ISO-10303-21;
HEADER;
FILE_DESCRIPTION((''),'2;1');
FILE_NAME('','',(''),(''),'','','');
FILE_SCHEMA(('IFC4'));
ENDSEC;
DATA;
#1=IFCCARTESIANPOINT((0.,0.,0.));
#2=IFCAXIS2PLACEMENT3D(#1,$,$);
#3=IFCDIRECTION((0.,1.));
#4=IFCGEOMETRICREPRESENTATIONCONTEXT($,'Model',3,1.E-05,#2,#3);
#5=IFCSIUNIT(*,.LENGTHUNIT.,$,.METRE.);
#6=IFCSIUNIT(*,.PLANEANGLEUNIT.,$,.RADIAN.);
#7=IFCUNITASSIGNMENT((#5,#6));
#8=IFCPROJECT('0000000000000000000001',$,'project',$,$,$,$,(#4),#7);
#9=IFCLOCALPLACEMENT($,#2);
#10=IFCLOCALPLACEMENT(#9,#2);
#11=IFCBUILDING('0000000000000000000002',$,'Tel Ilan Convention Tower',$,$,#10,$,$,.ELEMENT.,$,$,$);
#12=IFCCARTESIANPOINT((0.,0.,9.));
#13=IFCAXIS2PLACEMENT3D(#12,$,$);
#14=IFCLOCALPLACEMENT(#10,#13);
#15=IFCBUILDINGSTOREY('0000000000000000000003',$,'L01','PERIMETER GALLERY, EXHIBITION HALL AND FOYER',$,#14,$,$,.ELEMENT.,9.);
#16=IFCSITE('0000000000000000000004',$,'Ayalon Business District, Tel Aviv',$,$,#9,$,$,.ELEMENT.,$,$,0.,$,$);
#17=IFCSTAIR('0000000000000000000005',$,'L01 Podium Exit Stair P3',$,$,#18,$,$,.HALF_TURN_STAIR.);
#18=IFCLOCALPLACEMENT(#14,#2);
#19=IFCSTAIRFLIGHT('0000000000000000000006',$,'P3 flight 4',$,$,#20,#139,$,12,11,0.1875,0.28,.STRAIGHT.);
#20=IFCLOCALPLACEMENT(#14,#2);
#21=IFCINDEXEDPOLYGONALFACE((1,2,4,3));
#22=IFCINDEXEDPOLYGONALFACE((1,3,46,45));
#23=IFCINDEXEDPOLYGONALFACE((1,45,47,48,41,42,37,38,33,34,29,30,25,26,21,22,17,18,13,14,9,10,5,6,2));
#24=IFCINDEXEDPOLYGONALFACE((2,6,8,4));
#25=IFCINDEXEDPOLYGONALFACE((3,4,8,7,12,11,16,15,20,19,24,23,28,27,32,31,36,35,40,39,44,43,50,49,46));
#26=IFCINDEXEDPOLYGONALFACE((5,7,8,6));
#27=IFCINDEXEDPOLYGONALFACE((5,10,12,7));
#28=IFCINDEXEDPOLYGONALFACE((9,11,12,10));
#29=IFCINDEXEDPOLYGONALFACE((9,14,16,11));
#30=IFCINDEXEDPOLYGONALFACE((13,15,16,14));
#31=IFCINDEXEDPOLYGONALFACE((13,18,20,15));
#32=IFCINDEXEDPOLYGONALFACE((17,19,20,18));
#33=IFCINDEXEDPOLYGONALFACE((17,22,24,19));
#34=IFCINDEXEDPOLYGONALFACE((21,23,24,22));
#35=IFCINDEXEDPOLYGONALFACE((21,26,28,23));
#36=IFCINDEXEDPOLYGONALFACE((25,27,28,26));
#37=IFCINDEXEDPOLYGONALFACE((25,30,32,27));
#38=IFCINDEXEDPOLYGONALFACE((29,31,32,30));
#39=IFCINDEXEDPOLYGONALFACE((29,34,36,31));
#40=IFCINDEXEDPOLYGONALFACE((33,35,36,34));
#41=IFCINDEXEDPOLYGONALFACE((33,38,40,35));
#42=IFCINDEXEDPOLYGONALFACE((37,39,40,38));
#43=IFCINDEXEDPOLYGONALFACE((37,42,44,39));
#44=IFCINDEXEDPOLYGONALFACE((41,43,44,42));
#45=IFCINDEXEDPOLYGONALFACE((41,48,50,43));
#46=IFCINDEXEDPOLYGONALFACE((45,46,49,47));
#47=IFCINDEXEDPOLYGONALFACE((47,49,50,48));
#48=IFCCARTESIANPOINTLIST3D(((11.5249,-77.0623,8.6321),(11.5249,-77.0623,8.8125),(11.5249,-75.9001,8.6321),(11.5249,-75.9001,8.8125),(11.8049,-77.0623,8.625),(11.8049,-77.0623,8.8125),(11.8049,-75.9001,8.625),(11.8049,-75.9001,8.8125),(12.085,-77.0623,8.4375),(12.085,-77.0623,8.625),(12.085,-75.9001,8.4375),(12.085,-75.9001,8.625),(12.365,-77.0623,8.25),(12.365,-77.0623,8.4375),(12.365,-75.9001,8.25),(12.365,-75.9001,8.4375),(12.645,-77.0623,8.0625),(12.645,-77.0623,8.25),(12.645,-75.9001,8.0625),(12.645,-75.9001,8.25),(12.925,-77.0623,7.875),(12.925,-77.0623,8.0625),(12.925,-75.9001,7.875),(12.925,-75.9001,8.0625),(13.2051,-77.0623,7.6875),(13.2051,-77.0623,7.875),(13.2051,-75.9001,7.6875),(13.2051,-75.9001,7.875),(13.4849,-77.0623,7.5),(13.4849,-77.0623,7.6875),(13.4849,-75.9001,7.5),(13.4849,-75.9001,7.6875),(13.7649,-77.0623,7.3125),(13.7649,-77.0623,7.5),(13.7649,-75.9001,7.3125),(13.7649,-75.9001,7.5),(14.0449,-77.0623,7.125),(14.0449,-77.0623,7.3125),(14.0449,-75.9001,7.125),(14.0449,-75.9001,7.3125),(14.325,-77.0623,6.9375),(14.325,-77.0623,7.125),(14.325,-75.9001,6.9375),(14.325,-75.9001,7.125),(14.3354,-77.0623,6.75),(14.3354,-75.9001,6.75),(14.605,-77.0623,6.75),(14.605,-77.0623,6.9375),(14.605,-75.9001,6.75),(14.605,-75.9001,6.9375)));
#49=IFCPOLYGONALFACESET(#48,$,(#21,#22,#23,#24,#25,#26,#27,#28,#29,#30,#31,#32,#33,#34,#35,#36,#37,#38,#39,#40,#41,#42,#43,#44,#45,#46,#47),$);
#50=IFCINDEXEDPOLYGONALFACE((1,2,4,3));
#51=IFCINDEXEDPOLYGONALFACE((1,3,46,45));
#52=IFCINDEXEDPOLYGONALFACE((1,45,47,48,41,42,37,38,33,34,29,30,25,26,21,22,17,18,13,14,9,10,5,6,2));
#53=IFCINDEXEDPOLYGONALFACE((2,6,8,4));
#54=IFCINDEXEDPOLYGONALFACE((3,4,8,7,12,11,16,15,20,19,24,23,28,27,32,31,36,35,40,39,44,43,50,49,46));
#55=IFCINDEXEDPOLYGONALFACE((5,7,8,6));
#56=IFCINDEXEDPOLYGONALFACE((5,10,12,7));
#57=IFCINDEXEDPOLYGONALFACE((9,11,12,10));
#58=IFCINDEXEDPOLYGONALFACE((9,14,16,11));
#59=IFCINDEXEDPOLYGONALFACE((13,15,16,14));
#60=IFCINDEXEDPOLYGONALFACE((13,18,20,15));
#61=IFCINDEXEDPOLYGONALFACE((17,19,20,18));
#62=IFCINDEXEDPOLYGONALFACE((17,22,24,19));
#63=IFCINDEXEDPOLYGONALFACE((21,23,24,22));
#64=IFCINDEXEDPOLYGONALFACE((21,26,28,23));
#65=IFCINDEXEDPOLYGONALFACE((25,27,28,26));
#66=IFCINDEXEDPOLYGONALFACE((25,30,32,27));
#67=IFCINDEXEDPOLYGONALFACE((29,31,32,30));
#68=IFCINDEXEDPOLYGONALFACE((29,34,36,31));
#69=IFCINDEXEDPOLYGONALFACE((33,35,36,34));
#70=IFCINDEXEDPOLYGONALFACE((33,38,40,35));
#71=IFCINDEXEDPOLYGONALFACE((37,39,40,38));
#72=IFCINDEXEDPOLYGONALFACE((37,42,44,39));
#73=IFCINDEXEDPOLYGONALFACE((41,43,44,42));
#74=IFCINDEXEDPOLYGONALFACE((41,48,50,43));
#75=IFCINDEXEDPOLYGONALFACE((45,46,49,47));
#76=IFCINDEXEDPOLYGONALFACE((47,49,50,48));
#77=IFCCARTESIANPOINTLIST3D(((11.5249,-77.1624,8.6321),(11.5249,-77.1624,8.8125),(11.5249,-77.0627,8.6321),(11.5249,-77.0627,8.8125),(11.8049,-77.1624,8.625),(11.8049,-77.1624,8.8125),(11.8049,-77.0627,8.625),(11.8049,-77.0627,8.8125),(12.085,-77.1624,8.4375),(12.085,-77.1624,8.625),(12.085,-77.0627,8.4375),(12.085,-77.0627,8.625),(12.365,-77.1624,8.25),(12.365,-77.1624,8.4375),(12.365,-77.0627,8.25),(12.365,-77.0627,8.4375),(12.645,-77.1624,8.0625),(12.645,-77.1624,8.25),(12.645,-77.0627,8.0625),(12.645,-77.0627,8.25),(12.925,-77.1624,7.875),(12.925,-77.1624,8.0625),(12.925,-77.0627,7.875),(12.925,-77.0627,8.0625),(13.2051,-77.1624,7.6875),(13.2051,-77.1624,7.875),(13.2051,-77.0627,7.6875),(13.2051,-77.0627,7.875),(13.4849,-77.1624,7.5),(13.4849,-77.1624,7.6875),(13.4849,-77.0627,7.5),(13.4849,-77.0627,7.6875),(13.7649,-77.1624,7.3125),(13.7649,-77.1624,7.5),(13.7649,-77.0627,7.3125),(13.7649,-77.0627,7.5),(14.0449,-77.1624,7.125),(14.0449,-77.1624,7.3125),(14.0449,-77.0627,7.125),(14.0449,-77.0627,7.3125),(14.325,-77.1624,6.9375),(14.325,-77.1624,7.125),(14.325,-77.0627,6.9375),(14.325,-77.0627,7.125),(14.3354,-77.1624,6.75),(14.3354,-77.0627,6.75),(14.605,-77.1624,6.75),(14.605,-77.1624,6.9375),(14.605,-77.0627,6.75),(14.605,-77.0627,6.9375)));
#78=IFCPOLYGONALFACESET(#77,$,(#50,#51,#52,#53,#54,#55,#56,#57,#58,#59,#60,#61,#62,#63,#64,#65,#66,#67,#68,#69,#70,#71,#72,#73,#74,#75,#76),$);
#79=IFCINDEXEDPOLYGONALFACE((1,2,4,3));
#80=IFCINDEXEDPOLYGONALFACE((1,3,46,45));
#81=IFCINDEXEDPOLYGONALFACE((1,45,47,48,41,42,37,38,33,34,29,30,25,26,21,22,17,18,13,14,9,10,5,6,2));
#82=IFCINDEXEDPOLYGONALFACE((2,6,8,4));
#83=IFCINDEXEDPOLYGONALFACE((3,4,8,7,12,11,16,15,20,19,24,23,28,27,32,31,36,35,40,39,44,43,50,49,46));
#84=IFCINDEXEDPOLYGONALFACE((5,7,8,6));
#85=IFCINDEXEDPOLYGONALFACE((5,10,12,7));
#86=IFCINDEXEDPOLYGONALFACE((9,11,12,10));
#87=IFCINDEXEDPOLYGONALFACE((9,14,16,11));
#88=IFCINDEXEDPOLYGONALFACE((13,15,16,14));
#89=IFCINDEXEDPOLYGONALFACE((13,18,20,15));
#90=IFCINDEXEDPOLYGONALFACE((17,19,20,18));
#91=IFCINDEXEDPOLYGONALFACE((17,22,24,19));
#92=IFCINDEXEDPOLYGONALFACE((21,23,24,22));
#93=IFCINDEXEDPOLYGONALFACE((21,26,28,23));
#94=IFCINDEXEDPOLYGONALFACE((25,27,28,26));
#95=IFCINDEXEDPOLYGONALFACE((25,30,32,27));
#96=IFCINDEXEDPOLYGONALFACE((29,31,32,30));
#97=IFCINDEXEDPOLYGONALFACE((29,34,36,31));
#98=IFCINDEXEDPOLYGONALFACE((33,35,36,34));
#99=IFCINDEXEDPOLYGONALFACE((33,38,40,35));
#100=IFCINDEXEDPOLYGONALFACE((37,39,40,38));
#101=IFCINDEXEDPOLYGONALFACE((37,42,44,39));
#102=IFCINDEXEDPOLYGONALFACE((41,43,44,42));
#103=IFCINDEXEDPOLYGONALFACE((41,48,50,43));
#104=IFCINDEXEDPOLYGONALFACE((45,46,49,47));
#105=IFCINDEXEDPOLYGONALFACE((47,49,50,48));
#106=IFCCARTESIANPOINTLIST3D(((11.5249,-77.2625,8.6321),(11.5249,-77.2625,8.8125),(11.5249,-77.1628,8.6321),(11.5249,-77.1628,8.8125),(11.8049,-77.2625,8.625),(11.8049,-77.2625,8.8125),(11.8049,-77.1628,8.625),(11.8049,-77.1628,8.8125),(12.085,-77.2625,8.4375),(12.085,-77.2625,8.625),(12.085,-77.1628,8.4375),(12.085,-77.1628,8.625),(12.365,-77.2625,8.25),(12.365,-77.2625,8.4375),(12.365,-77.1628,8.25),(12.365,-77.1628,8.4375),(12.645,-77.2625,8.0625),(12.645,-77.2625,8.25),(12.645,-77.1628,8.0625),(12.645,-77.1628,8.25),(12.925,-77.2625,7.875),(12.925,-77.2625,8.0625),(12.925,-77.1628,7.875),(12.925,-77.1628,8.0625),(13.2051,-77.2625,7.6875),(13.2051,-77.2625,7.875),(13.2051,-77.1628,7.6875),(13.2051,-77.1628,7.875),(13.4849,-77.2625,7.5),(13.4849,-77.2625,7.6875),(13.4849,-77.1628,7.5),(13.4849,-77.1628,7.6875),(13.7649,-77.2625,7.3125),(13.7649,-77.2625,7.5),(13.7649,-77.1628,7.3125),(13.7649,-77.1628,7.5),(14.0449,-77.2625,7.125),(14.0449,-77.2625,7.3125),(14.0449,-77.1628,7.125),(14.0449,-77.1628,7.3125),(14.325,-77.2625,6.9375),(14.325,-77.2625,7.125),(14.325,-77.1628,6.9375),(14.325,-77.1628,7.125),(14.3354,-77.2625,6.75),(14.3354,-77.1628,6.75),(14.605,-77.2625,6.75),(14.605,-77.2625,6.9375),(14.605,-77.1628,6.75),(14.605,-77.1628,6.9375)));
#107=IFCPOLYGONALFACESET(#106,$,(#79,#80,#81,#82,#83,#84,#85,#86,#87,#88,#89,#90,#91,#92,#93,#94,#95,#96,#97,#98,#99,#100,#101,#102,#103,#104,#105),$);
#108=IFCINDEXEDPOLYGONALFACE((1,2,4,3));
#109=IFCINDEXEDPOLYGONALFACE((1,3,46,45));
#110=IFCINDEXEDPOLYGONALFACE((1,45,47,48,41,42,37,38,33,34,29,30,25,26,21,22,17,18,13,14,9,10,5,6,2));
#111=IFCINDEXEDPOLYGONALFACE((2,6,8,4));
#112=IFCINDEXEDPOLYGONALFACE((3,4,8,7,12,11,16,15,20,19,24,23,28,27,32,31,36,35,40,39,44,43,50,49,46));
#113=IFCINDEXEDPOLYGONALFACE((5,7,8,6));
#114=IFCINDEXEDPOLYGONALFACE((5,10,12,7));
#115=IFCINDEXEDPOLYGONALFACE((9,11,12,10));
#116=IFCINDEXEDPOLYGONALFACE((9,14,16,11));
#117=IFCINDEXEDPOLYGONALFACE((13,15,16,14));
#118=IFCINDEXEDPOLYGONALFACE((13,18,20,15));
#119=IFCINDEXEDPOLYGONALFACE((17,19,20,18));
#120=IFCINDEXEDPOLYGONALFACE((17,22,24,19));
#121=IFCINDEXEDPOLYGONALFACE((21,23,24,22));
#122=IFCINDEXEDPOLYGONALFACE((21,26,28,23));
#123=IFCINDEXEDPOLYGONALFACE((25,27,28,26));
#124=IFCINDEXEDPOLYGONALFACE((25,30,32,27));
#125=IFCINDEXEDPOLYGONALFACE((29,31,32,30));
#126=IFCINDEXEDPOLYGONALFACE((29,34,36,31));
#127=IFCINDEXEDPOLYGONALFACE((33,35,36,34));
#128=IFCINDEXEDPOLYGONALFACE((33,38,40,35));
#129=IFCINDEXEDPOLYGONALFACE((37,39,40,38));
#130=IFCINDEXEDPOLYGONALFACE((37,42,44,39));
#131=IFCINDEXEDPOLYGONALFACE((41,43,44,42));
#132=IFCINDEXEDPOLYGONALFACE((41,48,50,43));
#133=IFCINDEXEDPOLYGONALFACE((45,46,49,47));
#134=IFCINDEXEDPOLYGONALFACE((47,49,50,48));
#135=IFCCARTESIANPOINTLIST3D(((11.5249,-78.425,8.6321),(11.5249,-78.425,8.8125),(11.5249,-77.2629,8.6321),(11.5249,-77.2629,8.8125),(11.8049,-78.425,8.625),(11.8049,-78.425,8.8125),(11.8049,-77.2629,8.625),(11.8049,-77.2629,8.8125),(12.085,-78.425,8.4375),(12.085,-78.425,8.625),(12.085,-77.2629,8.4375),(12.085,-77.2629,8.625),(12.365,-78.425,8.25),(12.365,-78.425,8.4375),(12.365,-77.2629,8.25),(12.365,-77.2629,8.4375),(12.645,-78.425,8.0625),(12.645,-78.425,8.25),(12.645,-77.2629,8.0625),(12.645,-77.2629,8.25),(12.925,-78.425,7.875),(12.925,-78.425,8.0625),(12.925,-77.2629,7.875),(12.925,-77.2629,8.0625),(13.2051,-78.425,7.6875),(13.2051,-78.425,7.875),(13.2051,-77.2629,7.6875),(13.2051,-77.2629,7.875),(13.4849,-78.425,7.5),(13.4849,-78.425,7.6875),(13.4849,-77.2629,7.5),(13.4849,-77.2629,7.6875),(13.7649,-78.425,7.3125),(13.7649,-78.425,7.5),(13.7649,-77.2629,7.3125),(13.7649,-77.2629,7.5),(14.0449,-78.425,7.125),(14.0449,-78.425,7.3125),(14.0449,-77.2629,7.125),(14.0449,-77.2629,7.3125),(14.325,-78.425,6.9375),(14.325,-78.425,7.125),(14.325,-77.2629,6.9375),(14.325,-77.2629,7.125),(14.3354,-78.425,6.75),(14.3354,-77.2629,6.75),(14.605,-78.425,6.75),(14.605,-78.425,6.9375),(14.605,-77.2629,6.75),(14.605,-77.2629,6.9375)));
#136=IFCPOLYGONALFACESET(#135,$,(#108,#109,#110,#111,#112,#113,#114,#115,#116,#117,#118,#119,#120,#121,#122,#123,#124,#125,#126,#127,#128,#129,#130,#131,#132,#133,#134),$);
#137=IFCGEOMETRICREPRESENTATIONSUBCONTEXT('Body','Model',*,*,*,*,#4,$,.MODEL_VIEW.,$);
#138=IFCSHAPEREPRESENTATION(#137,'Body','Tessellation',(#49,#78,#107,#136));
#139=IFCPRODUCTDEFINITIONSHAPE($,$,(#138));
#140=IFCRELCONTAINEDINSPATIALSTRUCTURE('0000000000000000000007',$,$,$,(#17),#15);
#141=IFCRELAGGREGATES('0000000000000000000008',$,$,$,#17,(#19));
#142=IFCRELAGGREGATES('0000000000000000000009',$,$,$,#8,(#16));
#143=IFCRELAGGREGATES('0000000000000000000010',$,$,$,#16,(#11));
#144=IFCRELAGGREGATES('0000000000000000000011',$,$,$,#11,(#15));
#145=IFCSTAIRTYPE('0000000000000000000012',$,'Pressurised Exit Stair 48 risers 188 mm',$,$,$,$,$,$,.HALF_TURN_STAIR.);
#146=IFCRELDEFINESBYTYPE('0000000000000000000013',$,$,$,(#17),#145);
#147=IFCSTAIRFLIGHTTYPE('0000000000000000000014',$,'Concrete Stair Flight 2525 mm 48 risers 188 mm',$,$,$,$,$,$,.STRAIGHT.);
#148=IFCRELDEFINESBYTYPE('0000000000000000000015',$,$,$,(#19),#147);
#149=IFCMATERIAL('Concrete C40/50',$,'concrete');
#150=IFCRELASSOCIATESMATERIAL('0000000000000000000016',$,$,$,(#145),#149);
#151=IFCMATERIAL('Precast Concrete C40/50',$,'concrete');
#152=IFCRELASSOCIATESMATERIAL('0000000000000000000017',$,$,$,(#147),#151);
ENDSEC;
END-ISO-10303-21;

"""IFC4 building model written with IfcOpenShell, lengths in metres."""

from ifc_helpers import new_model, si_unit, direction, frame, origin, place, context, subcontext, project, spatial, polyline, outline, extrude, material, type_object, element, aggregate, save


model = new_model("IFC4")

# Units and contexts
model_context = context("Model", 3, precision=1e-05, world=origin(), true_north=direction((0.0, 1.0)))
body_context = subcontext(model_context, "Body", "Model", "MODEL_VIEW")
ifc_project = project(units=[si_unit("LENGTHUNIT", "METRE"), si_unit("PLANEANGLEUNIT", "RADIAN")], contexts=[model_context])

# Site, building, storey
site_placement = place(None, origin())
site = spatial("IfcSite", under=ifc_project, at=site_placement, Name="Ayalon Business District, Tel Aviv", CompositionType="ELEMENT", RefElevation=0.0)
building_placement = place(site_placement, origin())
building = spatial("IfcBuilding", under=site, at=building_placement, Name="Tel Ilan Convention Tower", CompositionType="ELEMENT")
storey_placement = place(building_placement, frame((0.0, 0.0, 9.0)))
storey = spatial("IfcBuildingStorey", under=building, at=storey_placement, Name="L01", Description="PERIMETER GALLERY, EXHIBITION HALL AND FOYER", CompositionType="ELEMENT", Elevation=9.0)

# Stair, stair flight
ifc_material_1 = material(Name="Concrete C40/50", Category="concrete")
stair_type = type_object("IfcStairType", Name="Pressurised Exit Stair 48 risers 188 mm", PredefinedType="HALF_TURN_STAIR", material=ifc_material_1)
stair_placement = place(storey_placement, origin())
stair = element("IfcStair", 1, at=stair_placement, inside=storey, type_object=stair_type, Name="L01 Podium Exit Stair P3", PredefinedType="HALF_TURN_STAIR")
ifc_material_2 = material(Name="Precast Concrete C40/50", Category="concrete")
stair_flight_type = type_object("IfcStairFlightType", Name="Concrete Stair Flight 2525 mm 48 risers 188 mm", PredefinedType="STRAIGHT", material=ifc_material_2)
stair_flight_1_placement = place(storey_placement, frame((14.605, -77.1626, 6.75), z_axis=(0.0, 0.0, 1.0), x_axis=(-1.0, 0.0, 0.0)))
stair_flight_1 = element("IfcStairFlight", 2, at=stair_flight_1_placement, type_object=stair_flight_type, Name="P3 flight 4", NumberOfRisers=12, NumberOfTreads=11, PredefinedType="STRAIGHT", RiserHeight=0.1875, TreadLength=0.28, context=body_context, shape_type="SweptSolid", body=[
    extrude(outline(polyline([(0.0, 0.0), (0.0, 0.1875), (0.28, 0.1875), (0.28, 0.375), (0.5601, 0.375), (0.5601, 0.5625), (0.8401, 0.5625), (0.8401, 0.75), (1.1201, 0.75), (1.1201, 0.9375), (1.3999, 0.9375), (1.3999, 1.125), (1.6799, 1.125), (1.6799, 1.3125), (1.96, 1.3125), (1.96, 1.5), (2.24, 1.5), (2.24, 1.6875), (2.52, 1.6875), (2.52, 1.875), (2.8, 1.875), (2.8, 2.0625), (3.0801, 2.0625), (3.0801, 2.25), (3.0801, 1.8821), (0.2695, 0.0), (0.0, 0.0)])), frame((0.0, -0.1003, 0.0), z_axis=(0.0, -1.0, 0.0), x_axis=(1.0, 0.0, 0.0)), (0.0, 0.0, 1.0), 1.1621),
    extrude(outline(polyline([(0.0, 0.0), (0.0, 0.1875), (0.28, 0.1875), (0.28, 0.375), (0.5601, 0.375), (0.5601, 0.5625), (0.8401, 0.5625), (0.8401, 0.75), (1.1201, 0.75), (1.1201, 0.9375), (1.3999, 0.9375), (1.3999, 1.125), (1.6799, 1.125), (1.6799, 1.3125), (1.96, 1.3125), (1.96, 1.5), (2.24, 1.5), (2.24, 1.6875), (2.52, 1.6875), (2.52, 1.875), (2.8, 1.875), (2.8, 2.0625), (3.0801, 2.0625), (3.0801, 2.25), (3.0801, 1.8821), (0.2695, 0.0), (0.0, 0.0)])), frame((0.0, -0.0002, 0.0), z_axis=(0.0, -1.0, 0.0), x_axis=(1.0, 0.0, 0.0)), (0.0, 0.0, 1.0), 0.0996),
    extrude(outline(polyline([(0.0, 0.0), (0.0, 0.1875), (0.28, 0.1875), (0.28, 0.375), (0.5601, 0.375), (0.5601, 0.5625), (0.8401, 0.5625), (0.8401, 0.75), (1.1201, 0.75), (1.1201, 0.9375), (1.3999, 0.9375), (1.3999, 1.125), (1.6799, 1.125), (1.6799, 1.3125), (1.96, 1.3125), (1.96, 1.5), (2.24, 1.5), (2.24, 1.6875), (2.52, 1.6875), (2.52, 1.875), (2.8, 1.875), (2.8, 2.0625), (3.0801, 2.0625), (3.0801, 2.25), (3.0801, 1.8821), (0.2695, 0.0), (0.0, 0.0)])), frame((0.0, 0.0999, 0.0), z_axis=(0.0, -1.0, 0.0), x_axis=(1.0, 0.0, 0.0)), (0.0, 0.0, 1.0), 0.0996),
    extrude(outline(polyline([(0.0, 0.0), (0.0, 0.1875), (0.28, 0.1875), (0.28, 0.375), (0.5601, 0.375), (0.5601, 0.5625), (0.8401, 0.5625), (0.8401, 0.75), (1.1201, 0.75), (1.1201, 0.9375), (1.3999, 0.9375), (1.3999, 1.125), (1.6799, 1.125), (1.6799, 1.3125), (1.96, 1.3125), (1.96, 1.5), (2.24, 1.5), (2.24, 1.6875), (2.52, 1.6875), (2.52, 1.875), (2.8, 1.875), (2.8, 2.0625), (3.0801, 2.0625), (3.0801, 2.25), (3.0801, 1.8821), (0.2695, 0.0), (0.0, 0.0)])), frame((0.0, 1.2625, 0.0), z_axis=(0.0, -1.0, 0.0), x_axis=(1.0, 0.0, 0.0)), (0.0, 0.0, 1.0), 1.1621),
])
aggregate(stair, [stair_flight_1])

save(model, "model.ifc")
